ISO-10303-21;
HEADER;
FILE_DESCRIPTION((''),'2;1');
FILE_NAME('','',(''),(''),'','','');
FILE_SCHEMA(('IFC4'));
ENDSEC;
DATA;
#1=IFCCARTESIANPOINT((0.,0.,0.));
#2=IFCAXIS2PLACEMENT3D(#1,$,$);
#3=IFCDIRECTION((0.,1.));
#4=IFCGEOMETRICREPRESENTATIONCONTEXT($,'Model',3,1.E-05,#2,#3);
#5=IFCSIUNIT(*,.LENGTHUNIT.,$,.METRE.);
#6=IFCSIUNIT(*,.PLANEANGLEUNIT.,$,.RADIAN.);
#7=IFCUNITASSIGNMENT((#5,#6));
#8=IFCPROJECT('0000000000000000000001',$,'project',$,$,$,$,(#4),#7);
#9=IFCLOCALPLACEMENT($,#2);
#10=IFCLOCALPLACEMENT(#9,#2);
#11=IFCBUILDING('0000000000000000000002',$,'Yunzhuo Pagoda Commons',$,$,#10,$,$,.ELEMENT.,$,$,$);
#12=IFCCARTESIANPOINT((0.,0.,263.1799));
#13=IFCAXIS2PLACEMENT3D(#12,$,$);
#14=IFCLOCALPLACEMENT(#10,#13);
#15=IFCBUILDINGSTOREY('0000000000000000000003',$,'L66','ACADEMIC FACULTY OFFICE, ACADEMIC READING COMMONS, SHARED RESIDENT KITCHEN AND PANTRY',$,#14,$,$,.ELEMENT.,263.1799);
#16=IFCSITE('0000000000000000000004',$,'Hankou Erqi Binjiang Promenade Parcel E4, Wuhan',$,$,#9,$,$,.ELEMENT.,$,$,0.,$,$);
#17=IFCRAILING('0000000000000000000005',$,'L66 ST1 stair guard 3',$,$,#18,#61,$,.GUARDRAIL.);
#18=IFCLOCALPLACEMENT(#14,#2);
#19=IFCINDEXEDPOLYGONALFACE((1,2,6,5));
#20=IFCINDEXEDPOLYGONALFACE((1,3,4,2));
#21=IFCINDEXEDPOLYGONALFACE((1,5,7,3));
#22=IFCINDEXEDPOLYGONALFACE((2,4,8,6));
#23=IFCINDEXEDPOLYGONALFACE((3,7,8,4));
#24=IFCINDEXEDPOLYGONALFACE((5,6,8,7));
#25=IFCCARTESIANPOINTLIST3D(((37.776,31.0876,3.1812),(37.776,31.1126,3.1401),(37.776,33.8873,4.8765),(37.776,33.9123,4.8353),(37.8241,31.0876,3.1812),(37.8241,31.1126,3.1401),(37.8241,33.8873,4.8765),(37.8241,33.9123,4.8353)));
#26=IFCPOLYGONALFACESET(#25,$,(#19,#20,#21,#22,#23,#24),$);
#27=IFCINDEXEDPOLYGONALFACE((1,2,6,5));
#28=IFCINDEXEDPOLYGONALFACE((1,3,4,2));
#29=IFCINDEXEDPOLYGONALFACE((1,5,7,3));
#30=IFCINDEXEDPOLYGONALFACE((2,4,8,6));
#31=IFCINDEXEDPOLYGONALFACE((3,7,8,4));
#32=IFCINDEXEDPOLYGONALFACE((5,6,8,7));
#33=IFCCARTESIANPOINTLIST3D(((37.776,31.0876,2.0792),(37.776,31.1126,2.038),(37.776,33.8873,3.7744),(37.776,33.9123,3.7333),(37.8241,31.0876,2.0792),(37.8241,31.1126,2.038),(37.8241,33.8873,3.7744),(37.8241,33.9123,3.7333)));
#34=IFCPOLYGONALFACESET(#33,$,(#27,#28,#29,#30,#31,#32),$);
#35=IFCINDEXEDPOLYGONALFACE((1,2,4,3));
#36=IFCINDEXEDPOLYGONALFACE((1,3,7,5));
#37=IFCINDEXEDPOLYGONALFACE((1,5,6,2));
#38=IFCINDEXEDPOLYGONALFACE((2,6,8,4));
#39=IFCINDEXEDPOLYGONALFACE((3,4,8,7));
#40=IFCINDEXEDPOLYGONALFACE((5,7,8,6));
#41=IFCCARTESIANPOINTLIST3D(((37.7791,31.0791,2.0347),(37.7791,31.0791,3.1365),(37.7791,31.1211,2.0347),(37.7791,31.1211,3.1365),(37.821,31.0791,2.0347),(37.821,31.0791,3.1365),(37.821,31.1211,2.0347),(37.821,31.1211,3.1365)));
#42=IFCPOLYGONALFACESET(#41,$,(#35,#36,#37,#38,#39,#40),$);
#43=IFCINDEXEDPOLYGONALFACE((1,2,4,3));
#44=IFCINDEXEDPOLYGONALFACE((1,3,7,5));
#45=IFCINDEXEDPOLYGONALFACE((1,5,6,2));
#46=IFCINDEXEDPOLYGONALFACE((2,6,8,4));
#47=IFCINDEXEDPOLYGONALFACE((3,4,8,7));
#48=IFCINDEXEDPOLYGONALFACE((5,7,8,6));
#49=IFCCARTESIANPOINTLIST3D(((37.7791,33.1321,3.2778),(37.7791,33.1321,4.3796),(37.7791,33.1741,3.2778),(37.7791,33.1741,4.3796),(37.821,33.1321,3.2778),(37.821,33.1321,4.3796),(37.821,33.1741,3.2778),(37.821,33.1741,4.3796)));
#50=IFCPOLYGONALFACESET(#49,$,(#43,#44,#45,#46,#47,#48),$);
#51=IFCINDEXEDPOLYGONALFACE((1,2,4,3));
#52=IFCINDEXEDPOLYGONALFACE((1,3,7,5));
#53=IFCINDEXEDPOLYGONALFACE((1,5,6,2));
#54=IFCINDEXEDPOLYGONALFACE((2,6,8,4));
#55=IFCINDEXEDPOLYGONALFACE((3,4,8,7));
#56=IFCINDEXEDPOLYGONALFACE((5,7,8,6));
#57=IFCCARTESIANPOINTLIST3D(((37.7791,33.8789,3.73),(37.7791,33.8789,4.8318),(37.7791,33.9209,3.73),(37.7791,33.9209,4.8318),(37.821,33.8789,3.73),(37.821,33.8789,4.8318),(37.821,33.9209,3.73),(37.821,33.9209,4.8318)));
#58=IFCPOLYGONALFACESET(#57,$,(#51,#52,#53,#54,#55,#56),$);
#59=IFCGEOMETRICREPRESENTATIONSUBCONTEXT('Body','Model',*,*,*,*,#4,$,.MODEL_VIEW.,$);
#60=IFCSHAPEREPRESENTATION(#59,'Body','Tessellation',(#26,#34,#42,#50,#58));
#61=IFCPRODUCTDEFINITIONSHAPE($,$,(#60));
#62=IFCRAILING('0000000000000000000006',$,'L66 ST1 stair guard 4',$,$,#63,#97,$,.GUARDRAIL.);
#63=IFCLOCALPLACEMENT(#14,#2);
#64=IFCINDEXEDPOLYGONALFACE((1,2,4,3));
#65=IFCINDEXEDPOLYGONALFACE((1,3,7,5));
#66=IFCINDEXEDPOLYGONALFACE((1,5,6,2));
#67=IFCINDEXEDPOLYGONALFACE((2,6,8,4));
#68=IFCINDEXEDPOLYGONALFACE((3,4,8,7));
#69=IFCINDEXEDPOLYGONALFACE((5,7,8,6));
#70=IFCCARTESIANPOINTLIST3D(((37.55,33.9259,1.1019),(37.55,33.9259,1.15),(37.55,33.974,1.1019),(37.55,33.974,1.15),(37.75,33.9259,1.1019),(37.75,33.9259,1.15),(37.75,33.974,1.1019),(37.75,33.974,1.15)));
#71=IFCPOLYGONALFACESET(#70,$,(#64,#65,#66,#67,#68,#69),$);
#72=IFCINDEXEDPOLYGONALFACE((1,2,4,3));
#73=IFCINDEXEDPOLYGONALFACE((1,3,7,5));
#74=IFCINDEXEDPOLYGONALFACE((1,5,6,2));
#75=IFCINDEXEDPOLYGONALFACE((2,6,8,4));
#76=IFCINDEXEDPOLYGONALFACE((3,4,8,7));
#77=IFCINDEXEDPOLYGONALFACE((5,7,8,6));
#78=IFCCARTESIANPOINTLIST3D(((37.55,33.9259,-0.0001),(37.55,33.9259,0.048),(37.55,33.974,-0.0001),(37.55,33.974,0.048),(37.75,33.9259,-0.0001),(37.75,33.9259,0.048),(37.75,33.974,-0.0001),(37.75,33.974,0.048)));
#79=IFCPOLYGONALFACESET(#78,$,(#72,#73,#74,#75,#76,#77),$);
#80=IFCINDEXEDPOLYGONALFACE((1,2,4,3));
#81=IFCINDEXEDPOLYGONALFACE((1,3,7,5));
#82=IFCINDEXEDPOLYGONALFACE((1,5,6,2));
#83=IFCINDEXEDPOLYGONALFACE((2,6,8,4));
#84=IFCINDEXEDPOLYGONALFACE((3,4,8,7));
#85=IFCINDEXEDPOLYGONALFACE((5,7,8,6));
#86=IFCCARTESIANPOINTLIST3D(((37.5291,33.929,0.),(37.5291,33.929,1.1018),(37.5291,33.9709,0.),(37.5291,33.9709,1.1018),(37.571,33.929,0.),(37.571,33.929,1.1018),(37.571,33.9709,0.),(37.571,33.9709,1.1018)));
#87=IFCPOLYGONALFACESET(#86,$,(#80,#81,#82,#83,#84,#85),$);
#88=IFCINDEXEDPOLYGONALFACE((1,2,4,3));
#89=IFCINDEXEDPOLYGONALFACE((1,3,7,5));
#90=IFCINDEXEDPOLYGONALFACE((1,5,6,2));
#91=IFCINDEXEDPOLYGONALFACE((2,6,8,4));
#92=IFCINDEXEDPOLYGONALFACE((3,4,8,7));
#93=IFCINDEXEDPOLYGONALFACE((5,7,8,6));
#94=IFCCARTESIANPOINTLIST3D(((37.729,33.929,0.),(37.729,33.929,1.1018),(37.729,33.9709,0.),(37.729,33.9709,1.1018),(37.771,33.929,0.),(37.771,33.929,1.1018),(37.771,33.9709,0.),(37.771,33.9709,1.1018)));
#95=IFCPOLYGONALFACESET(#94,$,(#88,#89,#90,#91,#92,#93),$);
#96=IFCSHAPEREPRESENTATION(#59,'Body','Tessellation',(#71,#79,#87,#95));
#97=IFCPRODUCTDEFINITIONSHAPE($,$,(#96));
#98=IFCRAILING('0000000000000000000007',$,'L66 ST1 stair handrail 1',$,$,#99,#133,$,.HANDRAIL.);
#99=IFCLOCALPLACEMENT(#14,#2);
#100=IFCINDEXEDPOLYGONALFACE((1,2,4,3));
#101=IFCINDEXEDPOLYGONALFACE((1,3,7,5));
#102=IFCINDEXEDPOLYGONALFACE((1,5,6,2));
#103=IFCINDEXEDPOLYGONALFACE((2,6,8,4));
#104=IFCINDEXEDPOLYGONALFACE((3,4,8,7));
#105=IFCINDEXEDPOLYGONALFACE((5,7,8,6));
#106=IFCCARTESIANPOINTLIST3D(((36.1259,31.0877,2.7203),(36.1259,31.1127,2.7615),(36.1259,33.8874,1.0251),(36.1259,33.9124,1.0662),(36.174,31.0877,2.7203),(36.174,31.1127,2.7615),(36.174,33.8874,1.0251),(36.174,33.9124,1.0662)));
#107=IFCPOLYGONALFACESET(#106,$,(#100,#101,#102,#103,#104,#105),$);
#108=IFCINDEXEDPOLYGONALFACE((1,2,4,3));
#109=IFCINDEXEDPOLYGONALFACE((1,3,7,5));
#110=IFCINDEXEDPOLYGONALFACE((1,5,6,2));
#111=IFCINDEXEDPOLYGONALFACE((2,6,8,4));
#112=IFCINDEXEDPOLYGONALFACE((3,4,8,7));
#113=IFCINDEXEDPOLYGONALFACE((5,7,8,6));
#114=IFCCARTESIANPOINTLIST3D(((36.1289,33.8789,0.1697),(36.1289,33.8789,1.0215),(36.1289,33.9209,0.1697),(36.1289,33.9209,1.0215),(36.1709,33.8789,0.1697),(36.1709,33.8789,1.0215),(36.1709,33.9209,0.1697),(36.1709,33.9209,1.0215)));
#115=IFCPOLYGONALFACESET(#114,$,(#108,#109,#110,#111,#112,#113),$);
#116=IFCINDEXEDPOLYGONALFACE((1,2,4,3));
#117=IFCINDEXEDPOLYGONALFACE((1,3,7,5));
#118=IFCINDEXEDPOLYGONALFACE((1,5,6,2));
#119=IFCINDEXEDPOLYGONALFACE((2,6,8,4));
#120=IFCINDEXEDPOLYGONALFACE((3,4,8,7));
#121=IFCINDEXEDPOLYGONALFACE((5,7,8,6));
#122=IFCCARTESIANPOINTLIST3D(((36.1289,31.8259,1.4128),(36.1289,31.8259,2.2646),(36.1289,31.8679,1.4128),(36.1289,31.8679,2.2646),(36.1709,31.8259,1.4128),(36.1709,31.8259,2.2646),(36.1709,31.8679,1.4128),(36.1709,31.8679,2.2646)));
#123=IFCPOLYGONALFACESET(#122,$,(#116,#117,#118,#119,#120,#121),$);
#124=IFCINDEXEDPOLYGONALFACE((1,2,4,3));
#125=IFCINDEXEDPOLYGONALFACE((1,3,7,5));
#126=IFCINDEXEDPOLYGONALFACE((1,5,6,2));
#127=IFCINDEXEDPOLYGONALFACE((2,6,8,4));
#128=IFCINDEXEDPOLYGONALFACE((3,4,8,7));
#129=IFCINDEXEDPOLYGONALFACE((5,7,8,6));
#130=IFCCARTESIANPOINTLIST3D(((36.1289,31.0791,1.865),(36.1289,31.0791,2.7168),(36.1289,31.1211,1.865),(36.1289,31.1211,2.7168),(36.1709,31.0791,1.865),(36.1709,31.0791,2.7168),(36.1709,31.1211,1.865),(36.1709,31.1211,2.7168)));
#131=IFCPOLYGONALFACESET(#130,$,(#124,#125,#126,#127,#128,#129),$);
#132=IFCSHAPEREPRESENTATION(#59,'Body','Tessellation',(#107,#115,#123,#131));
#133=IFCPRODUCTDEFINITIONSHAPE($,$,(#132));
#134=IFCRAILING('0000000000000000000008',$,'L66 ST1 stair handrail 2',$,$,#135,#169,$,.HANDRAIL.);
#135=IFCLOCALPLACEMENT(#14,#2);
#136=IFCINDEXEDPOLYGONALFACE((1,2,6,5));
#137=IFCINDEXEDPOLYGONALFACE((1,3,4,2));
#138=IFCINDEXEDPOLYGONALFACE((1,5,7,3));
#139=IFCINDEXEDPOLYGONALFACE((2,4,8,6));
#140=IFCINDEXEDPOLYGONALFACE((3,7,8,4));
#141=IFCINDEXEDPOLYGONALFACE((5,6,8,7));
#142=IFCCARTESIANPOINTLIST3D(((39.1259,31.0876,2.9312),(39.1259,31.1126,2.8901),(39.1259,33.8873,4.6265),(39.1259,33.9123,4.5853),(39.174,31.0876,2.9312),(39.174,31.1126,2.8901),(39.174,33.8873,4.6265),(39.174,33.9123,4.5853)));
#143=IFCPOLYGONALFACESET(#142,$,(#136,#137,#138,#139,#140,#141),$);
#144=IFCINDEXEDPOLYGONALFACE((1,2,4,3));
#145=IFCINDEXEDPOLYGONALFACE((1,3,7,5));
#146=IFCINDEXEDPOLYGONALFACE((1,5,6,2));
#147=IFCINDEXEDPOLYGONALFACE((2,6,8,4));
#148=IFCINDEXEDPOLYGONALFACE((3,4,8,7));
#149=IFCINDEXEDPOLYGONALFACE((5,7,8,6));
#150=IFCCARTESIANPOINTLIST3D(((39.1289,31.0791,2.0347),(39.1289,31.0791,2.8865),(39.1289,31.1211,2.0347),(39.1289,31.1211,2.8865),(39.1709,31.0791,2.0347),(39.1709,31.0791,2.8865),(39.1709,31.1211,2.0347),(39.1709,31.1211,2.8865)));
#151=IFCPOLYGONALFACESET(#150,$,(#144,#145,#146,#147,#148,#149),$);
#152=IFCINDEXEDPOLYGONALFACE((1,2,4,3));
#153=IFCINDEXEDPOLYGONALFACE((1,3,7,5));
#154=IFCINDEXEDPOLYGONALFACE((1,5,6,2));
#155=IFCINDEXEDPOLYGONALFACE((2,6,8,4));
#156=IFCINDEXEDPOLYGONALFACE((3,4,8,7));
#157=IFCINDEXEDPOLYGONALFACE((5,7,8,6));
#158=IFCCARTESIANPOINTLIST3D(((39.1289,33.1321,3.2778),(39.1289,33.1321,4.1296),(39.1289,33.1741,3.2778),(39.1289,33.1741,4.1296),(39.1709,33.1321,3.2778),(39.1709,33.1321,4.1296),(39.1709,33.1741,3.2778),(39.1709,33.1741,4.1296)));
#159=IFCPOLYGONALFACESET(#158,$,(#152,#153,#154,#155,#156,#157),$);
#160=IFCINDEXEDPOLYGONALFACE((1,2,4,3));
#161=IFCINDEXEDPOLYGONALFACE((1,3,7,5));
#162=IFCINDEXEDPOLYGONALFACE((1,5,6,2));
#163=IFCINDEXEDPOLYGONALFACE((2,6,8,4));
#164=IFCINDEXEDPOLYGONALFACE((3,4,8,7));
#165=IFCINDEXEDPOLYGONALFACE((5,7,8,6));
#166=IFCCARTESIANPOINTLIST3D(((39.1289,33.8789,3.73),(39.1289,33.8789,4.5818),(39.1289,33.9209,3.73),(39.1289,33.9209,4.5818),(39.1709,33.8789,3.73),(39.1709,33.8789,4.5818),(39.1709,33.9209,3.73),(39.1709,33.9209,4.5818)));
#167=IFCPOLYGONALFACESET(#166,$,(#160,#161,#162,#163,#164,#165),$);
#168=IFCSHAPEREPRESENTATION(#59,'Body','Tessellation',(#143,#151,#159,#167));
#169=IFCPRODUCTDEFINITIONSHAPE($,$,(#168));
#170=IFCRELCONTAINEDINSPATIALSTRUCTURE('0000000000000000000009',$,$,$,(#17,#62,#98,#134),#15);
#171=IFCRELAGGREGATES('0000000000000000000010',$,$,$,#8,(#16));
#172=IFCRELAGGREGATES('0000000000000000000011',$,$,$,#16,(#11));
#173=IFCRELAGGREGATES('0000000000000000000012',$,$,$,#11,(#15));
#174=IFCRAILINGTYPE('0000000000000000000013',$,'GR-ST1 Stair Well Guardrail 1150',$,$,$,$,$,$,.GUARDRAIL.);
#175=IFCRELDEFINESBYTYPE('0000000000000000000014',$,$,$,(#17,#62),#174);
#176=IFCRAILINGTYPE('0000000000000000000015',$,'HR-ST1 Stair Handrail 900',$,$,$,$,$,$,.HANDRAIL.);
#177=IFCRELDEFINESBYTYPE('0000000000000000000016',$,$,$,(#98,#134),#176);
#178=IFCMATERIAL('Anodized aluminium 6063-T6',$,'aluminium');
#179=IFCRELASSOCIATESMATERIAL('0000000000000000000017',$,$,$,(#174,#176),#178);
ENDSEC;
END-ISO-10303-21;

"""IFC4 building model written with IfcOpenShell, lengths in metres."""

from ifc_helpers import new_model, si_unit, direction, frame, origin, origin_2d, place, context, subcontext, project, spatial, rectangle, extrude, material, type_object, element, save


model = new_model("IFC4")

# Units and contexts
model_context = context("Model", 3, precision=1e-05, world=origin(), true_north=direction((0.0, 1.0)))
body_context = subcontext(model_context, "Body", "Model", "MODEL_VIEW")
ifc_project = project(units=[si_unit("LENGTHUNIT", "METRE"), si_unit("PLANEANGLEUNIT", "RADIAN")], contexts=[model_context])

# Site, building, storey
site_placement = place(None, origin())
site = spatial("IfcSite", under=ifc_project, at=site_placement, Name="Hankou Erqi Binjiang Promenade Parcel E4, Wuhan", CompositionType="ELEMENT", RefElevation=0.0)
building_placement = place(site_placement, origin())
building = spatial("IfcBuilding", under=site, at=building_placement, Name="Yunzhuo Pagoda Commons", CompositionType="ELEMENT")
storey_placement = place(building_placement, frame((0.0, 0.0, 263.1799)))
storey = spatial("IfcBuildingStorey", under=building, at=storey_placement, Name="L66", Description="ACADEMIC FACULTY OFFICE, ACADEMIC READING COMMONS, SHARED RESIDENT KITCHEN AND PANTRY", CompositionType="ELEMENT", Elevation=263.1799)

# Railings
ifc_material_1 = material(Name="Anodized aluminium 6063-T6", Category="aluminium")
railing_type_1 = type_object("IfcRailingType", Name="GR-ST1 Stair Well Guardrail 1150", PredefinedType="GUARDRAIL", material=ifc_material_1)
railing_1_placement = place(storey_placement, frame((37.8, 31.1001, 2.0347)))
element("IfcRailing", 1, at=railing_1_placement, inside=storey, type_object=railing_type_1, Name="L66 ST1 stair guard 3", PredefinedType="GUARDRAIL", context=body_context, shape_type="SweptSolid", body=[
    extrude(rectangle(XDim=0.0481, YDim=0.0481, at=origin_2d()), frame((0.0, 0.0, 1.126), z_axis=(0.0, 0.855406, 0.517958), x_axis=(-1.0, 0.0, 0.0)), (0.0, 0.0, 1.0), 3.2729),
    extrude(rectangle(XDim=0.0481, YDim=0.0481, at=origin_2d()), frame((0.0, 0.0, 0.0239), z_axis=(0.0, 0.855406, 0.517958), x_axis=(-1.0, 0.0, 0.0)), (0.0, 0.0, 1.0), 3.2729),
    extrude(rectangle(XDim=0.042, YDim=0.042, at=origin_2d()), origin(), (0.0, 0.0, 1.0), 1.1018),
    extrude(rectangle(XDim=0.042, YDim=0.042, at=origin_2d()), frame((0.0, 2.053, 1.2432)), (0.0, 0.0, 1.0), 1.1018),
    extrude(rectangle(XDim=0.042, YDim=0.042, at=origin_2d()), frame((0.0, 2.7998, 1.6953)), (0.0, 0.0, 1.0), 1.1018),
])
railing_2_placement = place(storey_placement, frame((37.55, 33.95, 0.0)))
element("IfcRailing", 2, at=railing_2_placement, inside=storey, type_object=railing_type_1, Name="L66 ST1 stair guard 4", PredefinedType="GUARDRAIL", context=body_context, shape_type="SweptSolid", body=[
    extrude(rectangle(XDim=0.0481, YDim=0.0481, at=origin_2d()), frame((0.0, 0.0, 1.126), z_axis=(1.0, 0.0, 0.0), x_axis=(0.0, 1.0, 0.0)), (0.0, 0.0, 1.0), 0.2),
    extrude(rectangle(XDim=0.0481, YDim=0.0481, at=origin_2d()), frame((0.0, 0.0, 0.0239), z_axis=(1.0, 0.0, 0.0), x_axis=(0.0, 1.0, 0.0)), (0.0, 0.0, 1.0), 0.2),
    extrude(rectangle(XDim=0.042, YDim=0.042, at=origin_2d()), origin(), (0.0, 0.0, 1.0), 1.1018),
    extrude(rectangle(XDim=0.042, YDim=0.042, at=origin_2d()), frame((0.2, 0.0, 0.0)), (0.0, 0.0, 1.0), 1.1018),
])
railing_type_2 = type_object("IfcRailingType", Name="HR-ST1 Stair Handrail 900", PredefinedType="HANDRAIL", material=ifc_material_1)
railing_3_placement = place(storey_placement, frame((36.1499, 33.8999, 0.1697)))
element("IfcRailing", 3, at=railing_3_placement, inside=storey, type_object=railing_type_2, Name="L66 ST1 stair handrail 1", PredefinedType="HANDRAIL", context=body_context, shape_type="SweptSolid", body=[
    extrude(rectangle(XDim=0.0481, YDim=0.0481, at=origin_2d()), frame((0.0, 0.0, 0.876), z_axis=(0.0, -0.855406, 0.517958), x_axis=(1.0, 0.0, 0.0)), (0.0, 0.0, 1.0), 3.2729),
    extrude(rectangle(XDim=0.042, YDim=0.042, at=origin_2d()), origin(), (0.0, 0.0, 1.0), 0.8518),
    extrude(rectangle(XDim=0.042, YDim=0.042, at=origin_2d()), frame((0.0, -2.053, 1.2432)), (0.0, 0.0, 1.0), 0.8518),
    extrude(rectangle(XDim=0.042, YDim=0.042, at=origin_2d()), frame((0.0, -2.7998, 1.6953)), (0.0, 0.0, 1.0), 0.8518),
])
railing_4_placement = place(storey_placement, frame((39.1499, 31.1001, 2.0347)))
element("IfcRailing", 4, at=railing_4_placement, inside=storey, type_object=railing_type_2, Name="L66 ST1 stair handrail 2", PredefinedType="HANDRAIL", context=body_context, shape_type="SweptSolid", body=[
    extrude(rectangle(XDim=0.0481, YDim=0.0481, at=origin_2d()), frame((0.0, 0.0, 0.876), z_axis=(0.0, 0.855406, 0.517958), x_axis=(-1.0, 0.0, 0.0)), (0.0, 0.0, 1.0), 3.2729),
    extrude(rectangle(XDim=0.042, YDim=0.042, at=origin_2d()), origin(), (0.0, 0.0, 1.0), 0.8518),
    extrude(rectangle(XDim=0.042, YDim=0.042, at=origin_2d()), frame((0.0, 2.053, 1.2432)), (0.0, 0.0, 1.0), 0.8518),
    extrude(rectangle(XDim=0.042, YDim=0.042, at=origin_2d()), frame((0.0, 2.7998, 1.6953)), (0.0, 0.0, 1.0), 0.8518),
])

save(model, "model.ifc")
